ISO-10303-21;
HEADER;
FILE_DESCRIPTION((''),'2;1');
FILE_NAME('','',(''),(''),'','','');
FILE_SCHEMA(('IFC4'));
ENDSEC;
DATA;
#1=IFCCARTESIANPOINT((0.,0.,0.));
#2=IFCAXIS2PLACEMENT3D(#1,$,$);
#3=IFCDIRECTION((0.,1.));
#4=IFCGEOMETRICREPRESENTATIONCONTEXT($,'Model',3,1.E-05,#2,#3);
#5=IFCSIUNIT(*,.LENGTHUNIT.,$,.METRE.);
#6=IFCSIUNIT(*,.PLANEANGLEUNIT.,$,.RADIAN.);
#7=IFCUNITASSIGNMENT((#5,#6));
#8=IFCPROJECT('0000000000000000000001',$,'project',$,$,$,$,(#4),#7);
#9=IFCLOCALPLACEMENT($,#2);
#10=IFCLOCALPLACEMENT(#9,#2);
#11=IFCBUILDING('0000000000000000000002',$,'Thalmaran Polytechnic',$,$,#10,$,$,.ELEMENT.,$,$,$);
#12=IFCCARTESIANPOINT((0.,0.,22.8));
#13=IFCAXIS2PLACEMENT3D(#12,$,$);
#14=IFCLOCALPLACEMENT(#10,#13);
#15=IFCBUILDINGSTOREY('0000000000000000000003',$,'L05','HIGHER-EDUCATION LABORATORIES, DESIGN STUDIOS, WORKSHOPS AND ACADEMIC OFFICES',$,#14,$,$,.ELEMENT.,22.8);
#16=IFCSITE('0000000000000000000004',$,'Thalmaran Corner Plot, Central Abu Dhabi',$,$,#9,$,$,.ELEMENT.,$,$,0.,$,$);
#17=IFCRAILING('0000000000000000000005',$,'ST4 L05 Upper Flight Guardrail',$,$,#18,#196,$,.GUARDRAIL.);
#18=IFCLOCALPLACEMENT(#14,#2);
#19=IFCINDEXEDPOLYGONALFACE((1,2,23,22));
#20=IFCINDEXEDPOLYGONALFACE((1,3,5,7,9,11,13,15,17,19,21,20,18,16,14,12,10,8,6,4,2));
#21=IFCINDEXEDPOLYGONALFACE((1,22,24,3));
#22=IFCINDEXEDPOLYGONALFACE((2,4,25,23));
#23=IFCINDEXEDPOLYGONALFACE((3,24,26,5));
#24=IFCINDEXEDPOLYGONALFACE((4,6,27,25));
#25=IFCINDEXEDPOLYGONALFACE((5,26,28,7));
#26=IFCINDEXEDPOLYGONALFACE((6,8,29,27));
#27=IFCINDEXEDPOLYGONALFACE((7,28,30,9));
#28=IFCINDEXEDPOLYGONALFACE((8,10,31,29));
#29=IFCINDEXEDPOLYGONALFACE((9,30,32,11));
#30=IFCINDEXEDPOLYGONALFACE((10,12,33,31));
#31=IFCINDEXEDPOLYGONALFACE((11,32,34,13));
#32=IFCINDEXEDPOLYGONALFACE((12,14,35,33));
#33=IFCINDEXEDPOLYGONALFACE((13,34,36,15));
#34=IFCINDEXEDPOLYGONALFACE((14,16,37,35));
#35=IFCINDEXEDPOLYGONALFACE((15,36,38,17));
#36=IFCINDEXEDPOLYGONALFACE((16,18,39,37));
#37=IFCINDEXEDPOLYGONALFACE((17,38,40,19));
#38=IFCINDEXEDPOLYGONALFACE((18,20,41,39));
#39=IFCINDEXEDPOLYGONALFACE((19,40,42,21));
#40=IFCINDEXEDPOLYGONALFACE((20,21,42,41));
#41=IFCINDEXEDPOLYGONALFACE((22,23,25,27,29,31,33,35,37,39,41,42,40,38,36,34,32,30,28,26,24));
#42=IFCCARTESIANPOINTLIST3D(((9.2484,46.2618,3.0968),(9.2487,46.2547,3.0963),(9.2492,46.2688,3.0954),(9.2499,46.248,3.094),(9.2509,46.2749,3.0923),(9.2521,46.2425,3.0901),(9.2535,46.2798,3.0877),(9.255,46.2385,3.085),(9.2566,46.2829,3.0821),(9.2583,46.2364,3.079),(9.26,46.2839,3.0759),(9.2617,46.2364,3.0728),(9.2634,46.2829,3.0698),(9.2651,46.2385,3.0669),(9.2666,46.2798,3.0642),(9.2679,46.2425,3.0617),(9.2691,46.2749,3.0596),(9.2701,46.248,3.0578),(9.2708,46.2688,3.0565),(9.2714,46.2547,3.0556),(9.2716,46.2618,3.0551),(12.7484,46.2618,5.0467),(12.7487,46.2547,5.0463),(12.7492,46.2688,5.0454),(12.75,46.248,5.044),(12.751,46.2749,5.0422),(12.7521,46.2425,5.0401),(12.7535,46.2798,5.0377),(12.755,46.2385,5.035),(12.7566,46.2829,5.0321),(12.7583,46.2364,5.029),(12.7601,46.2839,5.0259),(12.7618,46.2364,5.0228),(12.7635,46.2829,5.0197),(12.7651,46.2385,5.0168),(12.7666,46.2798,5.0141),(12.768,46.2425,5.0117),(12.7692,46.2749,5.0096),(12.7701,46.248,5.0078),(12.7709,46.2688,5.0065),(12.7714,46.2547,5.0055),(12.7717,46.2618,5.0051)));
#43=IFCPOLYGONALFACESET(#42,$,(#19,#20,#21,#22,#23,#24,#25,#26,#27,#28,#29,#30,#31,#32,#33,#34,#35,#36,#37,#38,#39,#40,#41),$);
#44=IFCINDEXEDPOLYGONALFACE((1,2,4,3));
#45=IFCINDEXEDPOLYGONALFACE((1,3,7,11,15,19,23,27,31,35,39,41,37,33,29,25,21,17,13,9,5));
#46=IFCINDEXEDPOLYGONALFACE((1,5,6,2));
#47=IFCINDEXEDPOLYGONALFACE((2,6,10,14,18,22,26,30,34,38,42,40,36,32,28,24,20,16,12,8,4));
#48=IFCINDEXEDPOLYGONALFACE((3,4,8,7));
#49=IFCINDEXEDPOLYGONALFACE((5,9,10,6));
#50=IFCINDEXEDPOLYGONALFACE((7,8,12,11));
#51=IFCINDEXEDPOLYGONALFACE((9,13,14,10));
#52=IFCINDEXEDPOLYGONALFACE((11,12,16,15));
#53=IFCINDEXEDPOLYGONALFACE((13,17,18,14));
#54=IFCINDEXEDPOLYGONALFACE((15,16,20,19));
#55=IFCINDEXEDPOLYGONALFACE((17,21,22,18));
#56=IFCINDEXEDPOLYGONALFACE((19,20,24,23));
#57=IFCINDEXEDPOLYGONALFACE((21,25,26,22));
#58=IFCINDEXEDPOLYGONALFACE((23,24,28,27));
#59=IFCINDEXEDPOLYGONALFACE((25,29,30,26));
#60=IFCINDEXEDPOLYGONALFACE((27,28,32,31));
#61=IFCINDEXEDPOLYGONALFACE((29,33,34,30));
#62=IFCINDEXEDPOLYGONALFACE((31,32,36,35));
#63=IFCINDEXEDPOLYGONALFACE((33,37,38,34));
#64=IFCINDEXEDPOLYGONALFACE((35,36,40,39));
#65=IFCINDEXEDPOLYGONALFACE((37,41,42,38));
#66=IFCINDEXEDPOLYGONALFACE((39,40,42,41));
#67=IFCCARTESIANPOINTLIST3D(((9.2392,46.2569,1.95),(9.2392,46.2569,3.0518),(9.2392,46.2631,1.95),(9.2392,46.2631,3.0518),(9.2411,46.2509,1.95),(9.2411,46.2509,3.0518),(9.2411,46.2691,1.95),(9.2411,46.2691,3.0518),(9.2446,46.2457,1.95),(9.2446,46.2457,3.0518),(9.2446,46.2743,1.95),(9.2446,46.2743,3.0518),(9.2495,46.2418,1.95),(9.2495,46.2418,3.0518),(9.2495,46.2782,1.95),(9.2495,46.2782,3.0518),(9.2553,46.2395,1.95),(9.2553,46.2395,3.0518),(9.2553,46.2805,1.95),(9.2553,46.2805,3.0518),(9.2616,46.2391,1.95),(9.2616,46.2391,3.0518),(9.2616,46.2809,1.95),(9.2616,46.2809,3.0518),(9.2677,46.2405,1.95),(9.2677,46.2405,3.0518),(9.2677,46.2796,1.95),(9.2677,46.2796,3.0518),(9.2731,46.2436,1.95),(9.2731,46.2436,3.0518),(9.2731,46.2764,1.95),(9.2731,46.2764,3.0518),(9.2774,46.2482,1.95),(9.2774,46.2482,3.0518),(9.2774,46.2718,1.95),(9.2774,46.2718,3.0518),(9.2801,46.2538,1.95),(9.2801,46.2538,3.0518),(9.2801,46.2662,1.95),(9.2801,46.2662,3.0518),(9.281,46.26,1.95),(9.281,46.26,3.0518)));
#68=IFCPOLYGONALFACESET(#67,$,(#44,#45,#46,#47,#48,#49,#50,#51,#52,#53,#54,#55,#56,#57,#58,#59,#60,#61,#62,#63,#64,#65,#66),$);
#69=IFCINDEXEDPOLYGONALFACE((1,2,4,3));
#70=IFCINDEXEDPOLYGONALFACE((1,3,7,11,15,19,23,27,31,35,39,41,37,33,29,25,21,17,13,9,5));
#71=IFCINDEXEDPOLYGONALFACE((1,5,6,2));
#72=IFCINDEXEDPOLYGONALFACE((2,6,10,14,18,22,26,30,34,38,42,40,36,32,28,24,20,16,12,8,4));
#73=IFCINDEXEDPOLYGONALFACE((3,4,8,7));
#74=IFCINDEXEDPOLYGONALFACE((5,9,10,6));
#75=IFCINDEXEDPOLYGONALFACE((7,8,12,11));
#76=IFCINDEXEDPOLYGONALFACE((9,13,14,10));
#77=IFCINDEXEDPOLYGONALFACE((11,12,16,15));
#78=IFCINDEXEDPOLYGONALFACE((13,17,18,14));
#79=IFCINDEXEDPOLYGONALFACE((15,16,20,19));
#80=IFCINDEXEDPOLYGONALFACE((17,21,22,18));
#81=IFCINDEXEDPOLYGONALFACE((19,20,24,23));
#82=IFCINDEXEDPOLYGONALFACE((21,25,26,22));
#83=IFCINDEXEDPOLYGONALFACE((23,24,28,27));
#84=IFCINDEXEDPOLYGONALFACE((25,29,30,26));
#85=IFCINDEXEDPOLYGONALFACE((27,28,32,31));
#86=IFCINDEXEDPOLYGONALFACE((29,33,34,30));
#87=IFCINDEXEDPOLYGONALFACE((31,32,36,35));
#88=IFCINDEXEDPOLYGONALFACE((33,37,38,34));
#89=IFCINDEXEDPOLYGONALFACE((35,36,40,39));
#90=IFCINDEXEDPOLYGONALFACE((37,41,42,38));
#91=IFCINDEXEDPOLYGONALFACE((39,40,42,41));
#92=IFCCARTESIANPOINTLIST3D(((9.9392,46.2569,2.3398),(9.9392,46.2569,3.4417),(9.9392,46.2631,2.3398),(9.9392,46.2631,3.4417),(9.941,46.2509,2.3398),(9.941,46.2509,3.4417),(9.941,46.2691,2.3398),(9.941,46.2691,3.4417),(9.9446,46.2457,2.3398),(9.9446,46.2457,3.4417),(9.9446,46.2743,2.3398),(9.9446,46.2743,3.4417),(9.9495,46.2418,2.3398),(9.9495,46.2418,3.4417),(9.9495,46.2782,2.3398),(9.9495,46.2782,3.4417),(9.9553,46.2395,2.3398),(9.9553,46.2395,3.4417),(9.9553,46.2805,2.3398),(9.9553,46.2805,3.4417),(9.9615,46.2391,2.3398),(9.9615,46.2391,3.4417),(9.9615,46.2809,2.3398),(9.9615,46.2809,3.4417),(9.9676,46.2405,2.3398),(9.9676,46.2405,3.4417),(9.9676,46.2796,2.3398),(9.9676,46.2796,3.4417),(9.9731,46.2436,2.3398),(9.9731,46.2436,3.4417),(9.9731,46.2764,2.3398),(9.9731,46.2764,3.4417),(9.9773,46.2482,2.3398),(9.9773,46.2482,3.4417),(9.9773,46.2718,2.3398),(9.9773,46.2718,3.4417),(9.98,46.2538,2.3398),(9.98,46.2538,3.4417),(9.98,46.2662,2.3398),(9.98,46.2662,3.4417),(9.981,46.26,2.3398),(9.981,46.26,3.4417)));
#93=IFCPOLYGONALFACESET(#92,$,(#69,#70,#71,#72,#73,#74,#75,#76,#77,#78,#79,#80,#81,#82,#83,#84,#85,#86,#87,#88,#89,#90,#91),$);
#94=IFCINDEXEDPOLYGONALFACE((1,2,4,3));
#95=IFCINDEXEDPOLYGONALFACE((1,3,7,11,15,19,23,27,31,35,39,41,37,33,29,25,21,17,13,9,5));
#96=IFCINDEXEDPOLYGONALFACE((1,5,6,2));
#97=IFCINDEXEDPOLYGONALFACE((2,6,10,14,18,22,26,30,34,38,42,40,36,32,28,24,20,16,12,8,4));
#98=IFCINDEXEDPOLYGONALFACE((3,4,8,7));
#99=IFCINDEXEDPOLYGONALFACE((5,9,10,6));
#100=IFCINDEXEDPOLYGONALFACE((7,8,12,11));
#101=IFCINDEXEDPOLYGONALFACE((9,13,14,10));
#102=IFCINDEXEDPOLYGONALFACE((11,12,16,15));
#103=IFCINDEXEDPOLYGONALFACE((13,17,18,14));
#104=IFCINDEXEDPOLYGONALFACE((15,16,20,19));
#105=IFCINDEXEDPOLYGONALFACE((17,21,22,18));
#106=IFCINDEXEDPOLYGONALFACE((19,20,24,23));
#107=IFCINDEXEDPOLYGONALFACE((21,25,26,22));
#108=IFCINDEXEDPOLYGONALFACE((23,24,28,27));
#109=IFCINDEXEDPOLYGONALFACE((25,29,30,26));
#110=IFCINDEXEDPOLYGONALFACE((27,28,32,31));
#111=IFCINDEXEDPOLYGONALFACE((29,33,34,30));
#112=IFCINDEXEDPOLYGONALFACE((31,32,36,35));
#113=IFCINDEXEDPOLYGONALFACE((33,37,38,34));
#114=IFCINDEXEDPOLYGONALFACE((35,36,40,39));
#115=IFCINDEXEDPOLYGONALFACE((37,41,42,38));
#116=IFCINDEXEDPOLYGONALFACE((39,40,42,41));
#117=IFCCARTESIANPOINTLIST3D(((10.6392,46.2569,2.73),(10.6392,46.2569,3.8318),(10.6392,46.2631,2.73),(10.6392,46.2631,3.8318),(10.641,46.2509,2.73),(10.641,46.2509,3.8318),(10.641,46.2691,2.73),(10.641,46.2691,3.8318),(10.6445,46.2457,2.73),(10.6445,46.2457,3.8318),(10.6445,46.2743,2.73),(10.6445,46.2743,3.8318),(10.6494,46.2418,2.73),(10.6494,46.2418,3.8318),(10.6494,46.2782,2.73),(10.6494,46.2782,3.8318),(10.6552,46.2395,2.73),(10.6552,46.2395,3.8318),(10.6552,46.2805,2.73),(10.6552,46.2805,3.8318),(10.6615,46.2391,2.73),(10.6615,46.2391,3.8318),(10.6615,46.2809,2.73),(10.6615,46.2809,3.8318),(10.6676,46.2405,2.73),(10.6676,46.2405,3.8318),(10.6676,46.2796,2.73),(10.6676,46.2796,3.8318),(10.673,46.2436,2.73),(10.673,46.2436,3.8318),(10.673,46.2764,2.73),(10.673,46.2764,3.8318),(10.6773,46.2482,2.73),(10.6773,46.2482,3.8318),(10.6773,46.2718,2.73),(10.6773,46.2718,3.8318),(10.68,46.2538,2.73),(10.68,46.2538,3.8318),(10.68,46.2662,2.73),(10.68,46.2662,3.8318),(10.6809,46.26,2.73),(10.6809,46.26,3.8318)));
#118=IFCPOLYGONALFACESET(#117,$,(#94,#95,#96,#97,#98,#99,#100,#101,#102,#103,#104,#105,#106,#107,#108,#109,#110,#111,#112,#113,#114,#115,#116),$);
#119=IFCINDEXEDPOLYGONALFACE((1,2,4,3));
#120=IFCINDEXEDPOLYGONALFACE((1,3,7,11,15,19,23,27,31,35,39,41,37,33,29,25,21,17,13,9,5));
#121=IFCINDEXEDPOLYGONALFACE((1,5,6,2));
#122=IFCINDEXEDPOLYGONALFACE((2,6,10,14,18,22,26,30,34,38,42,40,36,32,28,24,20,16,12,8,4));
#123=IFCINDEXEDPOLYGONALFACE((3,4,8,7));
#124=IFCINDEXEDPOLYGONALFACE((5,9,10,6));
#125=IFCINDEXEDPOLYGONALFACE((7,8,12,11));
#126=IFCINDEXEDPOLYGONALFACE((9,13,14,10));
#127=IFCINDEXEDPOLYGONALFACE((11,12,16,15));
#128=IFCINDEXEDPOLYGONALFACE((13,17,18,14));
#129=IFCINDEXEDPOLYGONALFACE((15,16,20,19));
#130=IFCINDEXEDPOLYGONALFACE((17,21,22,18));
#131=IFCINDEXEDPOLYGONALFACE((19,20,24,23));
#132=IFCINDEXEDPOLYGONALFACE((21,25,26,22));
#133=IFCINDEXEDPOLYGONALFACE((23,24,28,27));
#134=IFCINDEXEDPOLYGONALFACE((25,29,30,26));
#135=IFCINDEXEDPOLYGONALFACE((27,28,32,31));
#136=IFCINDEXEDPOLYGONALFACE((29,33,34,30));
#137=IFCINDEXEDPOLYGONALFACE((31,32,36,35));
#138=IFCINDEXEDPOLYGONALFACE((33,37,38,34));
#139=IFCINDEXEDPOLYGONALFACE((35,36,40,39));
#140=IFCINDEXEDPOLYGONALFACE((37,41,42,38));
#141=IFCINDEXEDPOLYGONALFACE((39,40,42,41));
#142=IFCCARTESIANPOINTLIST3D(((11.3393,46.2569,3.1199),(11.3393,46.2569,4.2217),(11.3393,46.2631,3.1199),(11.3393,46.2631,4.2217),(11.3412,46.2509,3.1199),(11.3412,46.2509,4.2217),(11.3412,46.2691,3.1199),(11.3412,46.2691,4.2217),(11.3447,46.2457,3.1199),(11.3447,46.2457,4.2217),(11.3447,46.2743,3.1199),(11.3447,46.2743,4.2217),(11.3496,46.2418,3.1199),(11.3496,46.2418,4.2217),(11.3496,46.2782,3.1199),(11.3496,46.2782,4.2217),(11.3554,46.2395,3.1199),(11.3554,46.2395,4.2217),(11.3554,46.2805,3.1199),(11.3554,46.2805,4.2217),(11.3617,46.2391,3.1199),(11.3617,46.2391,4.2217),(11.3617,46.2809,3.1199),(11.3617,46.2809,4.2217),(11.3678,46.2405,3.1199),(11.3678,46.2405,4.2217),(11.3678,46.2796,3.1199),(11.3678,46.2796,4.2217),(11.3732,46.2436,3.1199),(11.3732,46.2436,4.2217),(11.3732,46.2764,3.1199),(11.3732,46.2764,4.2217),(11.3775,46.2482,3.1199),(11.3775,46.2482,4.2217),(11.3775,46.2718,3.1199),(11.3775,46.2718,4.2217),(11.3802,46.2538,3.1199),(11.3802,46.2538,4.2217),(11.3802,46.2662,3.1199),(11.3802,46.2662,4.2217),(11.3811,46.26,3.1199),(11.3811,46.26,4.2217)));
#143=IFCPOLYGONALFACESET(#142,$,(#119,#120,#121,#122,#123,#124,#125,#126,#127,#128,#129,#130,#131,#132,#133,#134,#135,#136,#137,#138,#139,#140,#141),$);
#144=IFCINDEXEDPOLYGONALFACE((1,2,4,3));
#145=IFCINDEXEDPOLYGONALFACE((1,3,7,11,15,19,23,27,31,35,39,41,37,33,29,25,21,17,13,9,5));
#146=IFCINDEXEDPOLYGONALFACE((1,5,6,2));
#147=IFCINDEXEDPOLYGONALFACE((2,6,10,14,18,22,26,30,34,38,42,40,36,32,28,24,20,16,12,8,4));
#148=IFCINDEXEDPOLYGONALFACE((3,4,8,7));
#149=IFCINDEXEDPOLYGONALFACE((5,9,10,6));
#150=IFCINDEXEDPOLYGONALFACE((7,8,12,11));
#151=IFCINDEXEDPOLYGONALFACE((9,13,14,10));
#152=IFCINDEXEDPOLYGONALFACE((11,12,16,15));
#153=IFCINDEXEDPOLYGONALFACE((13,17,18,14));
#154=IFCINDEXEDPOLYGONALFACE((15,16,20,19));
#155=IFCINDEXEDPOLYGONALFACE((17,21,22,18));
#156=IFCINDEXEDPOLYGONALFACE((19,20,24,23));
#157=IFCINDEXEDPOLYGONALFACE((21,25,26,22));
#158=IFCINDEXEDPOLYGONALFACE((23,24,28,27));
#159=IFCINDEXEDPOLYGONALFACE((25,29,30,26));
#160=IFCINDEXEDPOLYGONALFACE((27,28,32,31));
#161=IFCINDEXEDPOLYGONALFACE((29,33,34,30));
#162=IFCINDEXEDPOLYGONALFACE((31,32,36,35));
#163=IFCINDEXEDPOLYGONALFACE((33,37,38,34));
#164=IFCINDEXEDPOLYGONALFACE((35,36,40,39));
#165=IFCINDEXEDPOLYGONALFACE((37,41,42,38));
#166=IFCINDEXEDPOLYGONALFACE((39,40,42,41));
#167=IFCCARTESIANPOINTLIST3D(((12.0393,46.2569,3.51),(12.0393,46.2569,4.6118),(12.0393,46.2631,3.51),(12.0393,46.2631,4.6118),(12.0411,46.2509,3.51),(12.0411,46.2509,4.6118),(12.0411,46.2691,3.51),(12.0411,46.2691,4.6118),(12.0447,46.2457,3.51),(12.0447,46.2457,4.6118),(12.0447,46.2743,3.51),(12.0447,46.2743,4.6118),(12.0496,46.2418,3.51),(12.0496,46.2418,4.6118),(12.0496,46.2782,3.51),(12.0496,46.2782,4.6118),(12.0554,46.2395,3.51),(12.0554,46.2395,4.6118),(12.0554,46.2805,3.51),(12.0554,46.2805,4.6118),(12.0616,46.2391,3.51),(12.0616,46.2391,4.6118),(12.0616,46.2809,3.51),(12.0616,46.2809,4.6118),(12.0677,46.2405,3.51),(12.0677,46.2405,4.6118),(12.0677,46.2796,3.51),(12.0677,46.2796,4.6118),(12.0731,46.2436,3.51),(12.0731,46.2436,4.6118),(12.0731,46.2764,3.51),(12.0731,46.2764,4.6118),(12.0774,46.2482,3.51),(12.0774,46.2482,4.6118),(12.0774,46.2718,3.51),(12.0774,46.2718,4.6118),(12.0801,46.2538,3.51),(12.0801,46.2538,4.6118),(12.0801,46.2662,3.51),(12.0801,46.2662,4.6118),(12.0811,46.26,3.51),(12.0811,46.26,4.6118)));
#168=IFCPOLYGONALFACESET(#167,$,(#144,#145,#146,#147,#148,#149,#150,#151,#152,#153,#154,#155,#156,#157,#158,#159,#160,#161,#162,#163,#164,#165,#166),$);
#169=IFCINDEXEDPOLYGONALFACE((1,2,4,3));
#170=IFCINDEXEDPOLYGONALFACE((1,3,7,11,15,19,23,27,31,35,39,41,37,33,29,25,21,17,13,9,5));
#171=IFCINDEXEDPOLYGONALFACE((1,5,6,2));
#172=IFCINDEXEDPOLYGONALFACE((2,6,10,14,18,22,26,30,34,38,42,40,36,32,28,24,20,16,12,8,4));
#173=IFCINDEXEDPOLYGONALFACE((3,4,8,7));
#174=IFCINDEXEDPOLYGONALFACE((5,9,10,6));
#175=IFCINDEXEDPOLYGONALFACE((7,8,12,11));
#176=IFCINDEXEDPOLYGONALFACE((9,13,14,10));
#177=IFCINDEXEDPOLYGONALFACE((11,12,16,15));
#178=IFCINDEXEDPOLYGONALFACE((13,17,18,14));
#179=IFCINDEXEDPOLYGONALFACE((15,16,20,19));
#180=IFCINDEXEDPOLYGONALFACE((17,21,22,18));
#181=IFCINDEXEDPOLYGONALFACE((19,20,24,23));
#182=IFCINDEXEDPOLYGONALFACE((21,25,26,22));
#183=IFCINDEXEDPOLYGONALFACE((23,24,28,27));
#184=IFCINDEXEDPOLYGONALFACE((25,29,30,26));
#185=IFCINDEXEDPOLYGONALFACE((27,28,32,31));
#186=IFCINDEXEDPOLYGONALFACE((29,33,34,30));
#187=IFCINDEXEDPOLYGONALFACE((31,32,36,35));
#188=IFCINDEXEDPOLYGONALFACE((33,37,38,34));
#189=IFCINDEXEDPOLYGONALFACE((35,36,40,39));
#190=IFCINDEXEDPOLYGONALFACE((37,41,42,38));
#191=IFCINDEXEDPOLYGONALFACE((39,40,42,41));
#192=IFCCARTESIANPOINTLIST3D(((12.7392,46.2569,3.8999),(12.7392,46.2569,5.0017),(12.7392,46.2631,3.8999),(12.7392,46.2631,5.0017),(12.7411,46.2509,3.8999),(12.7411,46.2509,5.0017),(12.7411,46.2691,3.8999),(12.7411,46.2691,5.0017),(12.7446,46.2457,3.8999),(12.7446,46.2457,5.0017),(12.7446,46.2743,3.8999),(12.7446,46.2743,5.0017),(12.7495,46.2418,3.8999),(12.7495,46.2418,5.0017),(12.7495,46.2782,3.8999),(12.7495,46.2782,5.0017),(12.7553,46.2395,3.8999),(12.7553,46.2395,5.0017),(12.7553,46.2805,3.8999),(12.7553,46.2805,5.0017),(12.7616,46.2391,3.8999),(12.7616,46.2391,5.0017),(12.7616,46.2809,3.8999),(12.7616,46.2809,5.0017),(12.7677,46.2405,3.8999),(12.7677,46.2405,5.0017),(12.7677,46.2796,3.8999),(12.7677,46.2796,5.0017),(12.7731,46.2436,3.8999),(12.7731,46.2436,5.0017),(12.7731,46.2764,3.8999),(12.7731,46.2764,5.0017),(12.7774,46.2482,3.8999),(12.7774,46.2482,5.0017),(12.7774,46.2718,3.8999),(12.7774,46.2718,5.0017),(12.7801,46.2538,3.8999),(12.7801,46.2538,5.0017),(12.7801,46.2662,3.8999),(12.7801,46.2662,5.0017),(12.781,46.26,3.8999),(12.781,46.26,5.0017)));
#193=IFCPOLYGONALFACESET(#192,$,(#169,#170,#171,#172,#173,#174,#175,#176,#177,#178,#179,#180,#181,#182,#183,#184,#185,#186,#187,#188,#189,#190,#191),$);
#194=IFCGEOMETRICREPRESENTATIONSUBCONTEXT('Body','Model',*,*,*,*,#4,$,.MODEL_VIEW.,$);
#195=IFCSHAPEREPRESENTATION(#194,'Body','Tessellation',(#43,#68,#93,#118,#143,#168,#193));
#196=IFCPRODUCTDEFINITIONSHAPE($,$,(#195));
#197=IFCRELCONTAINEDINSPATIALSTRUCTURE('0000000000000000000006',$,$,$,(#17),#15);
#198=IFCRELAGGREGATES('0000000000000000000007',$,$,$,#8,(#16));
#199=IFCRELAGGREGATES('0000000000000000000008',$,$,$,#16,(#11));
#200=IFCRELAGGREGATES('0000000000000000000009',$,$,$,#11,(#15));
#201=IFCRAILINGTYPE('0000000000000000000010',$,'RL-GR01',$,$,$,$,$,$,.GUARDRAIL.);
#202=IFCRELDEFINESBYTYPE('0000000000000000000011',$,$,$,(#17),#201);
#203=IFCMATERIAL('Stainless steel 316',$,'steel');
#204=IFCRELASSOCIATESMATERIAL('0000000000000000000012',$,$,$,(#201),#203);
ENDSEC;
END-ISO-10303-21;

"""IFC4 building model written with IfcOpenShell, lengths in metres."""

from ifc_helpers import new_model, si_unit, direction, frame, origin, origin_2d, place, context, subcontext, project, spatial, circle, extrude, material, type_object, element, save


model = new_model("IFC4")

# Units and contexts
model_context = context("Model", 3, precision=1e-05, world=origin(), true_north=direction((0.0, 1.0)))
body_context = subcontext(model_context, "Body", "Model", "MODEL_VIEW")
ifc_project = project(units=[si_unit("LENGTHUNIT", "METRE"), si_unit("PLANEANGLEUNIT", "RADIAN")], contexts=[model_context])

# Site, building, storey
site_placement = place(None, origin())
site = spatial("IfcSite", under=ifc_project, at=site_placement, Name="Thalmaran Corner Plot, Central Abu Dhabi", CompositionType="ELEMENT", RefElevation=0.0)
building_placement = place(site_placement, origin())
building = spatial("IfcBuilding", under=site, at=building_placement, Name="Thalmaran Polytechnic", CompositionType="ELEMENT")
storey_placement = place(building_placement, frame((0.0, 0.0, 22.8)))
storey = spatial("IfcBuildingStorey", under=building, at=storey_placement, Name="L05", Description="HIGHER-EDUCATION LABORATORIES, DESIGN STUDIOS, WORKSHOPS AND ACADEMIC OFFICES", CompositionType="ELEMENT", Elevation=22.8)

# Railing
ifc_material_1 = material(Name="Stainless steel 316", Category="steel")
railing_type_1 = type_object("IfcRailingType", Name="RL-GR01", PredefinedType="GUARDRAIL", material=ifc_material_1)
railing_1_placement = place(storey_placement, frame((9.26, 46.26, 1.95)))
element("IfcRailing", 1, at=railing_1_placement, inside=storey, type_object=railing_type_1, Name="ST4 L05 Upper Flight Guardrail", PredefinedType="GUARDRAIL", context=body_context, shape_type="SweptSolid", body=[
    extrude(circle(Radius=0.0239, at=origin_2d()), frame((0.0, 0.0, 1.126), z_axis=(0.873573, 0.0, 0.486693), x_axis=(0.0, 1.0, 0.0)), (0.0, 0.0, 1.0), 4.0066),
    extrude(circle(Radius=0.021, at=origin_2d()), origin(), (0.0, 0.0, 1.0), 1.1018),
    extrude(circle(Radius=0.021, at=origin_2d()), frame((0.7, 0.0, 0.3899)), (0.0, 0.0, 1.0), 1.1018),
    extrude(circle(Radius=0.021, at=origin_2d()), frame((1.3999, 0.0, 0.78)), (0.0, 0.0, 1.0), 1.1018),
    extrude(circle(Radius=0.021, at=origin_2d()), frame((2.1001, 0.0, 1.1699)), (0.0, 0.0, 1.0), 1.1018),
    extrude(circle(Radius=0.021, at=origin_2d()), frame((2.8, 0.0, 1.5601)), (0.0, 0.0, 1.0), 1.1018),
    extrude(circle(Radius=0.021, at=origin_2d()), frame((3.5, 0.0, 1.95)), (0.0, 0.0, 1.0), 1.1018),
])

save(model, "model.ifc")
